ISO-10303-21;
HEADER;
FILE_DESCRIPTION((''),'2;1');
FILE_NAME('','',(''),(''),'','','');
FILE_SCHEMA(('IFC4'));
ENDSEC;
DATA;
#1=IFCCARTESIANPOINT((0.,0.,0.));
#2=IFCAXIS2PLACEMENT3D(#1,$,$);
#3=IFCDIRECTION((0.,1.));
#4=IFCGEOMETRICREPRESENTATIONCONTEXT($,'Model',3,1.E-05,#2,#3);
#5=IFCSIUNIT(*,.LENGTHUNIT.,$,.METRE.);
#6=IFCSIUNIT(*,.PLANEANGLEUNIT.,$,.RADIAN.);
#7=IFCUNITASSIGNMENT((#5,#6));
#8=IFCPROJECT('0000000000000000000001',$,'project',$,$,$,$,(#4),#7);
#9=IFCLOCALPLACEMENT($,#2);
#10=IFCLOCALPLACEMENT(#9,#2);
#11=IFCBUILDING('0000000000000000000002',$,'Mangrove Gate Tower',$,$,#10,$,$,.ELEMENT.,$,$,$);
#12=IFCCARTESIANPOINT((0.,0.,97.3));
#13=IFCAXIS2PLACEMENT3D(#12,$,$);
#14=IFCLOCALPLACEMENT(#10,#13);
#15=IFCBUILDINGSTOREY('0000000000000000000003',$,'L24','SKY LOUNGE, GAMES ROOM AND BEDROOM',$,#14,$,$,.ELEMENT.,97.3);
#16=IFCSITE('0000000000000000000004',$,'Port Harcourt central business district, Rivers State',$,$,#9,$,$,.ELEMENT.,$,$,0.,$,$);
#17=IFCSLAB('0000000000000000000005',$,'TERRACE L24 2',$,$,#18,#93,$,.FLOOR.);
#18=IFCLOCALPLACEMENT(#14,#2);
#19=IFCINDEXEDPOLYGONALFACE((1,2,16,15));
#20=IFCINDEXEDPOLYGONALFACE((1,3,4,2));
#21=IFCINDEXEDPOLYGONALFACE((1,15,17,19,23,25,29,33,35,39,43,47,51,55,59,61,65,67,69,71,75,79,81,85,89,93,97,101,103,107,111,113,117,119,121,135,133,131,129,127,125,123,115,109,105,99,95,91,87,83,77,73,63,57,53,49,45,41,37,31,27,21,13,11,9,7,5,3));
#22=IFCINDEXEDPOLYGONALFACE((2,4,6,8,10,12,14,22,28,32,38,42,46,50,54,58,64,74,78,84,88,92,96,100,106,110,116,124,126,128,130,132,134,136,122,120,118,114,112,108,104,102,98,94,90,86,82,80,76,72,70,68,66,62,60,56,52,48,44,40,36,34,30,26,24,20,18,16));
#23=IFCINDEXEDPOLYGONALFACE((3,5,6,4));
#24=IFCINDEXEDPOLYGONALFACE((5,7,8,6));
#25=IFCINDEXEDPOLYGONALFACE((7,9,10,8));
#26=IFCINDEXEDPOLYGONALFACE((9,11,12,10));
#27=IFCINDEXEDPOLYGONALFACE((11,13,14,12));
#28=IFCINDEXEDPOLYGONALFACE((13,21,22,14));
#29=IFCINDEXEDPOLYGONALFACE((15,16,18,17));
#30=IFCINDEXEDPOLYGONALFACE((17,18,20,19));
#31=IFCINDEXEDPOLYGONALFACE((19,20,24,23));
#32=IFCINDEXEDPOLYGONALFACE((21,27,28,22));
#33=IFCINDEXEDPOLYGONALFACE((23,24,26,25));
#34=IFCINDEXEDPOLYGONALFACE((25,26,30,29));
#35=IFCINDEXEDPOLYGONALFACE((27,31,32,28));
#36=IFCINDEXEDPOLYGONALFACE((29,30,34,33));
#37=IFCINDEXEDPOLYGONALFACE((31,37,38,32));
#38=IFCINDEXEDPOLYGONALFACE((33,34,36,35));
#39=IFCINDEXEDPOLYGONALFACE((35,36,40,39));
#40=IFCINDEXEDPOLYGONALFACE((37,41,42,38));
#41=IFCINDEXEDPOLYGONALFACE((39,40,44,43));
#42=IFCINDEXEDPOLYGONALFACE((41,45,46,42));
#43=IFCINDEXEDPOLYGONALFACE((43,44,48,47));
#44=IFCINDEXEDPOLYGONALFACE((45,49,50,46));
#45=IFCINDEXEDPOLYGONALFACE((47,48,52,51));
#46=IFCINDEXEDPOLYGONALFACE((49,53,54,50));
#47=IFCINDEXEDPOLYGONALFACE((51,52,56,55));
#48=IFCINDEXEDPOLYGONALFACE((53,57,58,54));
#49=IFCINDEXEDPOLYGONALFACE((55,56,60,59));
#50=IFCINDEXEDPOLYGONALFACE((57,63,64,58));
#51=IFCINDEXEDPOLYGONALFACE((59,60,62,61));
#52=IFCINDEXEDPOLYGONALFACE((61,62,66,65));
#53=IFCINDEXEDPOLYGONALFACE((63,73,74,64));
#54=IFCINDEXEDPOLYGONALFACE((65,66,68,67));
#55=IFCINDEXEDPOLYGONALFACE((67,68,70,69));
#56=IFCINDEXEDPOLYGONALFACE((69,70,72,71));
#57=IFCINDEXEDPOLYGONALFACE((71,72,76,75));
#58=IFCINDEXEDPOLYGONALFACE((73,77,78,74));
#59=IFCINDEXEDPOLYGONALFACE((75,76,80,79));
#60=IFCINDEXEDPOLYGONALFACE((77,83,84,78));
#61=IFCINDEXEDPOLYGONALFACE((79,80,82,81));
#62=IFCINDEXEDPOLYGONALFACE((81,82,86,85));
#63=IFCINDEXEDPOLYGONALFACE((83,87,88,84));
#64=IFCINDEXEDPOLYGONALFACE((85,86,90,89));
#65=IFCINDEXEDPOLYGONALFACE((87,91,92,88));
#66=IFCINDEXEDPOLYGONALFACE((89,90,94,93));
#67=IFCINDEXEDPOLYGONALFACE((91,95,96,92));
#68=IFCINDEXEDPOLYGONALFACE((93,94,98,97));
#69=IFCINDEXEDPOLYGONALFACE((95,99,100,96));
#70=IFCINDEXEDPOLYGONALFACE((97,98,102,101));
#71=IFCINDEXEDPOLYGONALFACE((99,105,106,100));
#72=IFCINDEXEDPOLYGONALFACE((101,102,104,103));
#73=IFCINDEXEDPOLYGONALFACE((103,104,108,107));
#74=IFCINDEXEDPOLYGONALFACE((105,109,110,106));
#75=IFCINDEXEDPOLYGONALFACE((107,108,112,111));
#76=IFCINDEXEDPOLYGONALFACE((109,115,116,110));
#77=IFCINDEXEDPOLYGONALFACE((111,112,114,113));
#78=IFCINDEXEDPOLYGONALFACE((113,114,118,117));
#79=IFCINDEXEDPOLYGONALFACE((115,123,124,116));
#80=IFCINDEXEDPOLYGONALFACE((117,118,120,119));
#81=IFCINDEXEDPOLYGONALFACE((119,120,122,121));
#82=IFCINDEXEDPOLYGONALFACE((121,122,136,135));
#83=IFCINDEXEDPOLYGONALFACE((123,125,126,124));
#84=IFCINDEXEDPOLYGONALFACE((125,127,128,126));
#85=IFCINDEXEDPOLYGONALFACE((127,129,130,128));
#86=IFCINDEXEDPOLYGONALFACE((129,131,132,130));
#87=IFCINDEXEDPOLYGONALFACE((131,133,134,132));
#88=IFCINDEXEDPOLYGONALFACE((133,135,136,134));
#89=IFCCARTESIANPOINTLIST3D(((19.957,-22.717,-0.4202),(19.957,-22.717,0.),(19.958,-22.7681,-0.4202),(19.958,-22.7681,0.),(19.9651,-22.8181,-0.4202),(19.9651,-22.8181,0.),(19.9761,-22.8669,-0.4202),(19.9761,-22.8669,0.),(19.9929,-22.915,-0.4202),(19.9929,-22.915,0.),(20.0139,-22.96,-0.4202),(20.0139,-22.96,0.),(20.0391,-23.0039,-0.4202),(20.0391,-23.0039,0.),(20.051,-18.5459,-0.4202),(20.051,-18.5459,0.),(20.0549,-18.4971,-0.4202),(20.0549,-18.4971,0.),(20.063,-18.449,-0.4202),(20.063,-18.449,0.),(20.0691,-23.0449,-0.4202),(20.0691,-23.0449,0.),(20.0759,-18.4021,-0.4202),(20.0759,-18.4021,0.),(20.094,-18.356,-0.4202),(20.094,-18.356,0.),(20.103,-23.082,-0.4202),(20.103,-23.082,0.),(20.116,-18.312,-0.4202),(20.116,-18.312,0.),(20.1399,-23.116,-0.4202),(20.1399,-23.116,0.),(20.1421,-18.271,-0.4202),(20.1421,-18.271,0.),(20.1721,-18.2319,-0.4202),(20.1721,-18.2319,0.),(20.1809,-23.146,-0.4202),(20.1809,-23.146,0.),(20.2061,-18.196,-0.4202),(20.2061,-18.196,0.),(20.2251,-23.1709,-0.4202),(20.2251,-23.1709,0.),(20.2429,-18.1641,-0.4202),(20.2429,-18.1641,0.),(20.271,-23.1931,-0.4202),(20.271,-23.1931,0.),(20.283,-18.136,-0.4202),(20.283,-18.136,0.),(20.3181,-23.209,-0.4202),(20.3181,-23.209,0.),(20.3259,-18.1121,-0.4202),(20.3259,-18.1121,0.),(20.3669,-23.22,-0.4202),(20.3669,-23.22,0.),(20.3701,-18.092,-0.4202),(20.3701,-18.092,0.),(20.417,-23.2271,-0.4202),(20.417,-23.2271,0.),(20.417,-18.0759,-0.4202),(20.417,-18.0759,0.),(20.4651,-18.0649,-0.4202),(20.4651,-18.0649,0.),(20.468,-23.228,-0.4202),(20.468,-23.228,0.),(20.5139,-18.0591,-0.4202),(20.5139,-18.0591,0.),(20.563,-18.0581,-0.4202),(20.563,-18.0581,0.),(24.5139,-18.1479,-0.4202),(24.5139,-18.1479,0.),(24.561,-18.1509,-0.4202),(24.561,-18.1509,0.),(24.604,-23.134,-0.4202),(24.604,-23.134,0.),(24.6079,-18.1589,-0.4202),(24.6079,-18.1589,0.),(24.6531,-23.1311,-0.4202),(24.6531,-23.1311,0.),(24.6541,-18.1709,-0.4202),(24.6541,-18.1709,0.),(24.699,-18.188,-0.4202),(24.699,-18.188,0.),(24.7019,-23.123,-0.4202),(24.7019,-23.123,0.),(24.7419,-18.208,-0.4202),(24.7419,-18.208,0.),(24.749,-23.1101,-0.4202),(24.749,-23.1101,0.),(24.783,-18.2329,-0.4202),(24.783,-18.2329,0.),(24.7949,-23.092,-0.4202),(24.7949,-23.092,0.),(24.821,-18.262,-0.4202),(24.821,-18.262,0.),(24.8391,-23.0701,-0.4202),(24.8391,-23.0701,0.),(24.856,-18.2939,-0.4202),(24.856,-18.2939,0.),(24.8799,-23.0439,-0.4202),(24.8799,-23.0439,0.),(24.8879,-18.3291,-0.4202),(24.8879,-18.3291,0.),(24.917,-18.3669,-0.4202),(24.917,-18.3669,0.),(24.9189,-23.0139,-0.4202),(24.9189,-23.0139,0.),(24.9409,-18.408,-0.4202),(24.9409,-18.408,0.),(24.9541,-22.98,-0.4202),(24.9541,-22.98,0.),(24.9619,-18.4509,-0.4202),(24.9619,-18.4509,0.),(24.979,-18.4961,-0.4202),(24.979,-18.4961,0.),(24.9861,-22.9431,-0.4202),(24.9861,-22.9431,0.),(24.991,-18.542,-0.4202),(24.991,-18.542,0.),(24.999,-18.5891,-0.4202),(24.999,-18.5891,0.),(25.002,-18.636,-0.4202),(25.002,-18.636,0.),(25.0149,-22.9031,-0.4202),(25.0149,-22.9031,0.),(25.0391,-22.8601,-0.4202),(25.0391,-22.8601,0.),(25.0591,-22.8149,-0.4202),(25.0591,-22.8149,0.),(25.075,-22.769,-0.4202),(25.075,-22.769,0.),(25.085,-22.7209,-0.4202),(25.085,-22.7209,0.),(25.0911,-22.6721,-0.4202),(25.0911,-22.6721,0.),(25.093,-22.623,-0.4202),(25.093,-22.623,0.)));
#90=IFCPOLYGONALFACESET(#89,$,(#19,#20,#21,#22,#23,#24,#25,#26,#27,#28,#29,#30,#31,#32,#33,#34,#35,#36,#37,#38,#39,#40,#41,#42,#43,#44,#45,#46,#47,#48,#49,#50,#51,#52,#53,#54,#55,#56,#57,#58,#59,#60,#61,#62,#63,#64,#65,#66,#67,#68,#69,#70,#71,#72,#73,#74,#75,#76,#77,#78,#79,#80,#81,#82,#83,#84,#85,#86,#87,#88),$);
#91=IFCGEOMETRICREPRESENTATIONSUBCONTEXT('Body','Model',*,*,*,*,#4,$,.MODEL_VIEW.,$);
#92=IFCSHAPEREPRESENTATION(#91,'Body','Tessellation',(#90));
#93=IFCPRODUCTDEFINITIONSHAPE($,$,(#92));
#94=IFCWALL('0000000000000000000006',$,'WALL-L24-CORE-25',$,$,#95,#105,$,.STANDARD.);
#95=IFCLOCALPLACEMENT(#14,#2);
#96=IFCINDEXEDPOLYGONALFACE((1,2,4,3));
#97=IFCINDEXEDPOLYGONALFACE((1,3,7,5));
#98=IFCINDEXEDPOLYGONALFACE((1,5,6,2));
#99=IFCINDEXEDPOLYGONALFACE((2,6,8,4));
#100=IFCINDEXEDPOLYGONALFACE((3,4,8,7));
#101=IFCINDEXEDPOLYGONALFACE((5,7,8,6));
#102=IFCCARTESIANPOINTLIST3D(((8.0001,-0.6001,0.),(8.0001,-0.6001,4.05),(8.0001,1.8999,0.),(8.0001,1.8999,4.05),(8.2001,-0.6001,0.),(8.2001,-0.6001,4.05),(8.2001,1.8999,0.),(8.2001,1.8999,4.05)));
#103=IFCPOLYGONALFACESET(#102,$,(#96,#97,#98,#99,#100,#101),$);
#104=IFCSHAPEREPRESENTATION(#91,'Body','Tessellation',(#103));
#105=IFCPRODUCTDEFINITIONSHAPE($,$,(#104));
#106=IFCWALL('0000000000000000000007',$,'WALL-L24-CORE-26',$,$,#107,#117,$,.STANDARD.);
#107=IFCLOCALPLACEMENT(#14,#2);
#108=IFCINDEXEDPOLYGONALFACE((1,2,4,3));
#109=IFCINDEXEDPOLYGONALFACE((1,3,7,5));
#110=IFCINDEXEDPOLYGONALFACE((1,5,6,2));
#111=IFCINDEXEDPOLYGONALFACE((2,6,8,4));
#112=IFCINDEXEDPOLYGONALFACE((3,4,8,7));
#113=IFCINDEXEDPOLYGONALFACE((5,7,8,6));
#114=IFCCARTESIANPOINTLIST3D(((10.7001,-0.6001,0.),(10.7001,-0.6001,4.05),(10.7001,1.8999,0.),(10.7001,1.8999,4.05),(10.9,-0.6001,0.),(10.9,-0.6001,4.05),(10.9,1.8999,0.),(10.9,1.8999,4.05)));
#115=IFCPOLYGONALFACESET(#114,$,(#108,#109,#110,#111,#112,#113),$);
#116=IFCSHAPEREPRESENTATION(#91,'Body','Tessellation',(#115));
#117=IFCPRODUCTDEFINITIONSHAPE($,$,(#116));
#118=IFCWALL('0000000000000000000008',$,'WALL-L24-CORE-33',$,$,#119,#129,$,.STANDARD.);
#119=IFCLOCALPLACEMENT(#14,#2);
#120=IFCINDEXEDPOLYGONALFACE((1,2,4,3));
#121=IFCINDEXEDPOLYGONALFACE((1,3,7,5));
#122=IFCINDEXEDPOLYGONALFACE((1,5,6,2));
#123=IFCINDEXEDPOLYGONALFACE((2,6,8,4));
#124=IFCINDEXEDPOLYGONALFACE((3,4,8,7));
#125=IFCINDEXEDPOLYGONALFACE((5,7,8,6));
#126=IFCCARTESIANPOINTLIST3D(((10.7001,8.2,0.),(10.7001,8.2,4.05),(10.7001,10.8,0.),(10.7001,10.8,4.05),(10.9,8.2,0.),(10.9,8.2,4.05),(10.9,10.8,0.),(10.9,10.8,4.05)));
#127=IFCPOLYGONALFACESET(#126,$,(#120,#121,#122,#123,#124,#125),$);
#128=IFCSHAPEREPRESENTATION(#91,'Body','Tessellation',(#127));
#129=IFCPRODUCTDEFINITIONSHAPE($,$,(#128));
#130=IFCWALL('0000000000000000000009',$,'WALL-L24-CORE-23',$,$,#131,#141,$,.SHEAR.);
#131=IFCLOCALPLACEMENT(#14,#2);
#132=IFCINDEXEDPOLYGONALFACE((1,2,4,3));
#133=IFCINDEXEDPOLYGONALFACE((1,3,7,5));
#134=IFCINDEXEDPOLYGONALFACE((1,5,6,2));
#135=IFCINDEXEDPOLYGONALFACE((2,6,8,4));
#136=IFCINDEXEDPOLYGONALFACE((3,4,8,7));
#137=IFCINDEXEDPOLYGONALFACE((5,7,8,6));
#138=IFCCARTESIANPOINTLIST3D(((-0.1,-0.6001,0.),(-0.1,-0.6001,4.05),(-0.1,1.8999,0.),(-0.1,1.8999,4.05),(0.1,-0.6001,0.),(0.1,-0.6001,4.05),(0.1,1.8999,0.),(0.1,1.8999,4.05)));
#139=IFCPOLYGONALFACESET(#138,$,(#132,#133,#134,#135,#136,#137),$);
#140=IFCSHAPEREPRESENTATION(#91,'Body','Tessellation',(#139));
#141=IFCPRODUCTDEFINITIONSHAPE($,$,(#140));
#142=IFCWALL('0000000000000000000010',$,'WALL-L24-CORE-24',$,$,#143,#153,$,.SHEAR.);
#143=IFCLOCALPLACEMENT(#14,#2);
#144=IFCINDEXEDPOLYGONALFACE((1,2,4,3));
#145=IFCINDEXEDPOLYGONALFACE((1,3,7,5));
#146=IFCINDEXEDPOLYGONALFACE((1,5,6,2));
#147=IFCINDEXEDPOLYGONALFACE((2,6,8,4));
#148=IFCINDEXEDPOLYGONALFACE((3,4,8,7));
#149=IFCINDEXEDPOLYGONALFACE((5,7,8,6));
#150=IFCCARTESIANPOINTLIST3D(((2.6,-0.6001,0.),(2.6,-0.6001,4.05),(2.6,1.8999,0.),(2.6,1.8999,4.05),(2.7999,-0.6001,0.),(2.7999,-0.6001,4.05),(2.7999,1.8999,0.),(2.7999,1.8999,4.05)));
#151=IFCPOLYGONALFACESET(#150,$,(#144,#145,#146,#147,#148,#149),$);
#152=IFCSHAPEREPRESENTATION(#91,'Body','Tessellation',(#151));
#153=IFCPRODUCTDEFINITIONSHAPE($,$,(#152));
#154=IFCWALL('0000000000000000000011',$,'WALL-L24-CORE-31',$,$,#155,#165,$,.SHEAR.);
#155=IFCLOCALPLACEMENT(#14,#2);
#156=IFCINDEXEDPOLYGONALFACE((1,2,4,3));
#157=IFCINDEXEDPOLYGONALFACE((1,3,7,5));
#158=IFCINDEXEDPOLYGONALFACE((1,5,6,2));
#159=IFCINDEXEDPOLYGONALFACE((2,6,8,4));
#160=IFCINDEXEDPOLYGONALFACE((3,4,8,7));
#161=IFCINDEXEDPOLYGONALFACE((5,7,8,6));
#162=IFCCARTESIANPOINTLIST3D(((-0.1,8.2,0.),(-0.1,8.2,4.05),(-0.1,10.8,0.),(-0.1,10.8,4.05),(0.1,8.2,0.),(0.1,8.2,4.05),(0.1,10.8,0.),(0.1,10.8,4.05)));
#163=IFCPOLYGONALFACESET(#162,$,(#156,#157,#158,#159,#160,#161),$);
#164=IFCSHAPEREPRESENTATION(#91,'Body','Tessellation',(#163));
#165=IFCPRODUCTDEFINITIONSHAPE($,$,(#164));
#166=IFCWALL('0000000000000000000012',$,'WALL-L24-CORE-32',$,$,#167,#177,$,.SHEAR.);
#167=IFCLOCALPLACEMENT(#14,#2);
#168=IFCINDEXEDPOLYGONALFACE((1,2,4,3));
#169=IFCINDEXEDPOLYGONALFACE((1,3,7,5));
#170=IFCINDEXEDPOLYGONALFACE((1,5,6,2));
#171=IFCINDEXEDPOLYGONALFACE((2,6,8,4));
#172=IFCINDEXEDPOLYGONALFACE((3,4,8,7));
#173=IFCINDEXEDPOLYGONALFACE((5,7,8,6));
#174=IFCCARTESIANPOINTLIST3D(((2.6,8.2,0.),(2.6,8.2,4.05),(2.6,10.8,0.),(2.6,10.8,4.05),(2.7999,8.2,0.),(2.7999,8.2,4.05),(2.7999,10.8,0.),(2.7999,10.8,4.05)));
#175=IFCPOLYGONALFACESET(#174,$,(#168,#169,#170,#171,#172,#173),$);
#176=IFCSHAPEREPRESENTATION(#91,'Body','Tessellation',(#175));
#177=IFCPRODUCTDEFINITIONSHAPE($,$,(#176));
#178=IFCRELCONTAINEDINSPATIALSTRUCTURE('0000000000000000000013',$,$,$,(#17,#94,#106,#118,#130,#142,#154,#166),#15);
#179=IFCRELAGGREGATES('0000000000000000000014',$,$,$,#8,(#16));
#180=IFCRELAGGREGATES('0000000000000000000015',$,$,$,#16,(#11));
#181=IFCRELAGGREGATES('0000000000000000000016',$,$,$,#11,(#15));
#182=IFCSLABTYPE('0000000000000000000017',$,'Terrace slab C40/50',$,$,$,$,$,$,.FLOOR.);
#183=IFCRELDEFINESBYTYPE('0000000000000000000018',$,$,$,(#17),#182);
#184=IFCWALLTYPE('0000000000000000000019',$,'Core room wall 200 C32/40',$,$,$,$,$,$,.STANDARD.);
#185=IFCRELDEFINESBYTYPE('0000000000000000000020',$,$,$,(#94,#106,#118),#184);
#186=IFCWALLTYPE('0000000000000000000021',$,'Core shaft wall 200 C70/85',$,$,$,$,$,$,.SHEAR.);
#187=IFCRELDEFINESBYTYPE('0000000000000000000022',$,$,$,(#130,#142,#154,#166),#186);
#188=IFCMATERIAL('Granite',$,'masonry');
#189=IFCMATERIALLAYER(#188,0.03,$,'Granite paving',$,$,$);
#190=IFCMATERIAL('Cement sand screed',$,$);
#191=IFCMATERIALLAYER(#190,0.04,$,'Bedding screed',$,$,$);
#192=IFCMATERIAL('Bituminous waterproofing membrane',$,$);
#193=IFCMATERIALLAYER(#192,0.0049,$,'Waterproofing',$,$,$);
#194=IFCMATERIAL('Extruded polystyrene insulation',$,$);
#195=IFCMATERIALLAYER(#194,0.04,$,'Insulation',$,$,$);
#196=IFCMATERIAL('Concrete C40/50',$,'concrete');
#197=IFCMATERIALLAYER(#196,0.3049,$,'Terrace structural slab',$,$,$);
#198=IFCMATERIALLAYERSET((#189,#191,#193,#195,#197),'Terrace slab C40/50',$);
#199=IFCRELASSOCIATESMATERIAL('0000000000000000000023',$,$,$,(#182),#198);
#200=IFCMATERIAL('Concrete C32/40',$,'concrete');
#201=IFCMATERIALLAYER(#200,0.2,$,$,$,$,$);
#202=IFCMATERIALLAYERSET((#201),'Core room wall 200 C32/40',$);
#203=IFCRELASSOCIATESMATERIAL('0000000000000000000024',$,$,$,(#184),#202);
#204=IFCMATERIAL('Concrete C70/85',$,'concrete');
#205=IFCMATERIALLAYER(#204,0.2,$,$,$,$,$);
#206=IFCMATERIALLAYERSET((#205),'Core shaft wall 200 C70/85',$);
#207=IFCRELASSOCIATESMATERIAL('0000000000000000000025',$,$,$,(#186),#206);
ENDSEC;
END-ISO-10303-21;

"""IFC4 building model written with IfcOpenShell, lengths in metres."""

from ifc_helpers import new_model, si_unit, direction, frame, frame_2d, origin, place, context, subcontext, project, spatial, polyline, rectangle, outline, extrude, material, layer, layer_set, type_object, element, save


model = new_model("IFC4")

# Units and contexts
model_context = context("Model", 3, precision=1e-05, world=origin(), true_north=direction((0.0, 1.0)))
body_context = subcontext(model_context, "Body", "Model", "MODEL_VIEW")
ifc_project = project(units=[si_unit("LENGTHUNIT", "METRE"), si_unit("PLANEANGLEUNIT", "RADIAN")], contexts=[model_context])

# Site, building, storey
site_placement = place(None, origin())
site = spatial("IfcSite", under=ifc_project, at=site_placement, Name="Port Harcourt central business district, Rivers State", CompositionType="ELEMENT", RefElevation=0.0)
building_placement = place(site_placement, origin())
building = spatial("IfcBuilding", under=site, at=building_placement, Name="Mangrove Gate Tower", CompositionType="ELEMENT")
storey_placement = place(building_placement, frame((0.0, 0.0, 97.3)))
storey = spatial("IfcBuildingStorey", under=building, at=storey_placement, Name="L24", Description="SKY LOUNGE, GAMES ROOM AND BEDROOM", CompositionType="ELEMENT", Elevation=97.3)

# Shared definitions
ifc_material_1 = material(Name="Cement sand screed")
ifc_material_2 = material(Name="Bituminous waterproofing membrane")
ifc_material_3 = material(Name="Concrete C40/50", Category="concrete")

# Slab
ifc_material_4 = material(Name="Granite", Category="masonry")
ifc_layer_1 = layer(ifc_material_4, 0.03, Name="Granite paving")
ifc_layer_2 = layer(ifc_material_1, 0.04, Name="Bedding screed")
ifc_layer_3 = layer(ifc_material_2, 0.0049, Name="Waterproofing")
ifc_material_5 = material(Name="Extruded polystyrene insulation")
ifc_layer_4 = layer(ifc_material_5, 0.04, Name="Insulation")
ifc_layer_5 = layer(ifc_material_3, 0.3049, Name="Terrace structural slab")
ifc_layer_set_1 = layer_set([ifc_layer_1, ifc_layer_2, ifc_layer_3, ifc_layer_4, ifc_layer_5], Name="Terrace slab C40/50")
slab_type_1 = type_object("IfcSlabType", Name="Terrace slab C40/50", PredefinedType="FLOOR", material=ifc_layer_set_1)
slab_1_placement = place(storey_placement, frame((0.0, 0.0, -0.4202)))
element("IfcSlab", 1, at=slab_1_placement, inside=storey, type_object=slab_type_1, Name="TERRACE L24 2", PredefinedType="FLOOR", context=body_context, shape_type="SweptSolid", body=[
    extrude(outline(polyline([(20.468, -23.228), (24.604, -23.134), (24.6531, -23.1311), (24.7019, -23.123), (24.749, -23.1101), (24.7949, -23.092), (24.8391, -23.0701), (24.8799, -23.0439), (24.9189, -23.0139), (24.9541, -22.98), (24.9861, -22.9431), (25.0149, -22.9031), (25.0391, -22.8601), (25.0591, -22.8149), (25.075, -22.769), (25.085, -22.7209), (25.0911, -22.6721), (25.093, -22.623), (25.002, -18.636), (24.999, -18.5891), (24.991, -18.542), (24.979, -18.4961), (24.9619, -18.4509), (24.9409, -18.408), (24.917, -18.3669), (24.8879, -18.3291), (24.856, -18.2939), (24.821, -18.262), (24.783, -18.2329), (24.7419, -18.208), (24.699, -18.188), (24.6541, -18.1709), (24.6079, -18.1589), (24.561, -18.1509), (24.5139, -18.1479), (20.563, -18.0581), (20.5139, -18.0591), (20.4651, -18.0649), (20.417, -18.0759), (20.3701, -18.092), (20.3259, -18.1121), (20.283, -18.136), (20.2429, -18.1641), (20.2061, -18.196), (20.1721, -18.2319), (20.1421, -18.271), (20.116, -18.312), (20.094, -18.356), (20.0759, -18.4021), (20.063, -18.449), (20.0549, -18.4971), (20.051, -18.5459), (19.957, -22.717), (19.958, -22.7681), (19.9651, -22.8181), (19.9761, -22.8669), (19.9929, -22.915), (20.0139, -22.96), (20.0391, -23.0039), (20.0691, -23.0449), (20.103, -23.082), (20.1399, -23.116), (20.1809, -23.146), (20.2251, -23.1709), (20.271, -23.1931), (20.3181, -23.209), (20.3669, -23.22), (20.417, -23.2271), (20.468, -23.228)])), origin(), (0.0, 0.0, 1.0), 0.4202),
])

# Walls
ifc_material_6 = material(Name="Concrete C32/40", Category="concrete")
ifc_layer_6 = layer(ifc_material_6, 0.2)
ifc_layer_set_2 = layer_set([ifc_layer_6], Name="Core room wall 200 C32/40")
wall_type_1 = type_object("IfcWallType", Name="Core room wall 200 C32/40", PredefinedType="STANDARD", material=ifc_layer_set_2)
for number, where, z_axis, x_axis, name in (
    (2, (8.1001, -0.6001, 0.0), (0.0, 0.0, 1.0), (0.0, 1.0, 0.0), "WALL-L24-CORE-25"),
    (3, (10.8, -0.6001, 0.0), (0.0, 0.0, 1.0), (0.0, 1.0, 0.0), "WALL-L24-CORE-26"),
):
    element("IfcWall", number, at=place(storey_placement, frame(where, z_axis=z_axis, x_axis=x_axis)), inside=storey, type_object=wall_type_1, Name=name, PredefinedType="STANDARD", context=body_context, shape_type="SweptSolid", body=[
        extrude(rectangle(XDim=2.5, YDim=0.2, at=frame_2d((1.25, 0.0))), origin(), (0.0, 0.0, 1.0), 4.05),
    ])
wall_1_placement = place(storey_placement, frame((10.8, 8.2, 0.0), z_axis=(0.0, 0.0, 1.0), x_axis=(0.0, 1.0, 0.0)))
element("IfcWall", 4, at=wall_1_placement, inside=storey, type_object=wall_type_1, Name="WALL-L24-CORE-33", PredefinedType="STANDARD", context=body_context, shape_type="SweptSolid", body=[
    extrude(rectangle(XDim=2.6001, YDim=0.2, at=frame_2d((1.3, 0.0))), origin(), (0.0, 0.0, 1.0), 4.05),
])
ifc_material_7 = material(Name="Concrete C70/85", Category="concrete")
ifc_layer_7 = layer(ifc_material_7, 0.2)
ifc_layer_set_3 = layer_set([ifc_layer_7], Name="Core shaft wall 200 C70/85")
wall_type_2 = type_object("IfcWallType", Name="Core shaft wall 200 C70/85", PredefinedType="SHEAR", material=ifc_layer_set_3)
for number, where, z_axis, x_axis, name in (
    (5, (0.0, -0.6001, 0.0), (0.0, 0.0, 1.0), (0.0, 1.0, 0.0), "WALL-L24-CORE-23"),
    (6, (2.7, -0.6001, 0.0), (0.0, 0.0, 1.0), (0.0, 1.0, 0.0), "WALL-L24-CORE-24"),
):
    element("IfcWall", number, at=place(storey_placement, frame(where, z_axis=z_axis, x_axis=x_axis)), inside=storey, type_object=wall_type_2, Name=name, PredefinedType="SHEAR", context=body_context, shape_type="SweptSolid", body=[
        extrude(rectangle(XDim=2.5, YDim=0.2, at=frame_2d((1.25, 0.0))), origin(), (0.0, 0.0, 1.0), 4.05),
    ])
for number, where, z_axis, x_axis, name in (
    (7, (0.0, 8.2, 0.0), (0.0, 0.0, 1.0), (0.0, 1.0, 0.0), "WALL-L24-CORE-31"),
    (8, (2.7, 8.2, 0.0), (0.0, 0.0, 1.0), (0.0, 1.0, 0.0), "WALL-L24-CORE-32"),
):
    element("IfcWall", number, at=place(storey_placement, frame(where, z_axis=z_axis, x_axis=x_axis)), inside=storey, type_object=wall_type_2, Name=name, PredefinedType="SHEAR", context=body_context, shape_type="SweptSolid", body=[
        extrude(rectangle(XDim=2.6001, YDim=0.2, at=frame_2d((1.3, 0.0))), origin(), (0.0, 0.0, 1.0), 4.05),
    ])

save(model, "model.ifc")
